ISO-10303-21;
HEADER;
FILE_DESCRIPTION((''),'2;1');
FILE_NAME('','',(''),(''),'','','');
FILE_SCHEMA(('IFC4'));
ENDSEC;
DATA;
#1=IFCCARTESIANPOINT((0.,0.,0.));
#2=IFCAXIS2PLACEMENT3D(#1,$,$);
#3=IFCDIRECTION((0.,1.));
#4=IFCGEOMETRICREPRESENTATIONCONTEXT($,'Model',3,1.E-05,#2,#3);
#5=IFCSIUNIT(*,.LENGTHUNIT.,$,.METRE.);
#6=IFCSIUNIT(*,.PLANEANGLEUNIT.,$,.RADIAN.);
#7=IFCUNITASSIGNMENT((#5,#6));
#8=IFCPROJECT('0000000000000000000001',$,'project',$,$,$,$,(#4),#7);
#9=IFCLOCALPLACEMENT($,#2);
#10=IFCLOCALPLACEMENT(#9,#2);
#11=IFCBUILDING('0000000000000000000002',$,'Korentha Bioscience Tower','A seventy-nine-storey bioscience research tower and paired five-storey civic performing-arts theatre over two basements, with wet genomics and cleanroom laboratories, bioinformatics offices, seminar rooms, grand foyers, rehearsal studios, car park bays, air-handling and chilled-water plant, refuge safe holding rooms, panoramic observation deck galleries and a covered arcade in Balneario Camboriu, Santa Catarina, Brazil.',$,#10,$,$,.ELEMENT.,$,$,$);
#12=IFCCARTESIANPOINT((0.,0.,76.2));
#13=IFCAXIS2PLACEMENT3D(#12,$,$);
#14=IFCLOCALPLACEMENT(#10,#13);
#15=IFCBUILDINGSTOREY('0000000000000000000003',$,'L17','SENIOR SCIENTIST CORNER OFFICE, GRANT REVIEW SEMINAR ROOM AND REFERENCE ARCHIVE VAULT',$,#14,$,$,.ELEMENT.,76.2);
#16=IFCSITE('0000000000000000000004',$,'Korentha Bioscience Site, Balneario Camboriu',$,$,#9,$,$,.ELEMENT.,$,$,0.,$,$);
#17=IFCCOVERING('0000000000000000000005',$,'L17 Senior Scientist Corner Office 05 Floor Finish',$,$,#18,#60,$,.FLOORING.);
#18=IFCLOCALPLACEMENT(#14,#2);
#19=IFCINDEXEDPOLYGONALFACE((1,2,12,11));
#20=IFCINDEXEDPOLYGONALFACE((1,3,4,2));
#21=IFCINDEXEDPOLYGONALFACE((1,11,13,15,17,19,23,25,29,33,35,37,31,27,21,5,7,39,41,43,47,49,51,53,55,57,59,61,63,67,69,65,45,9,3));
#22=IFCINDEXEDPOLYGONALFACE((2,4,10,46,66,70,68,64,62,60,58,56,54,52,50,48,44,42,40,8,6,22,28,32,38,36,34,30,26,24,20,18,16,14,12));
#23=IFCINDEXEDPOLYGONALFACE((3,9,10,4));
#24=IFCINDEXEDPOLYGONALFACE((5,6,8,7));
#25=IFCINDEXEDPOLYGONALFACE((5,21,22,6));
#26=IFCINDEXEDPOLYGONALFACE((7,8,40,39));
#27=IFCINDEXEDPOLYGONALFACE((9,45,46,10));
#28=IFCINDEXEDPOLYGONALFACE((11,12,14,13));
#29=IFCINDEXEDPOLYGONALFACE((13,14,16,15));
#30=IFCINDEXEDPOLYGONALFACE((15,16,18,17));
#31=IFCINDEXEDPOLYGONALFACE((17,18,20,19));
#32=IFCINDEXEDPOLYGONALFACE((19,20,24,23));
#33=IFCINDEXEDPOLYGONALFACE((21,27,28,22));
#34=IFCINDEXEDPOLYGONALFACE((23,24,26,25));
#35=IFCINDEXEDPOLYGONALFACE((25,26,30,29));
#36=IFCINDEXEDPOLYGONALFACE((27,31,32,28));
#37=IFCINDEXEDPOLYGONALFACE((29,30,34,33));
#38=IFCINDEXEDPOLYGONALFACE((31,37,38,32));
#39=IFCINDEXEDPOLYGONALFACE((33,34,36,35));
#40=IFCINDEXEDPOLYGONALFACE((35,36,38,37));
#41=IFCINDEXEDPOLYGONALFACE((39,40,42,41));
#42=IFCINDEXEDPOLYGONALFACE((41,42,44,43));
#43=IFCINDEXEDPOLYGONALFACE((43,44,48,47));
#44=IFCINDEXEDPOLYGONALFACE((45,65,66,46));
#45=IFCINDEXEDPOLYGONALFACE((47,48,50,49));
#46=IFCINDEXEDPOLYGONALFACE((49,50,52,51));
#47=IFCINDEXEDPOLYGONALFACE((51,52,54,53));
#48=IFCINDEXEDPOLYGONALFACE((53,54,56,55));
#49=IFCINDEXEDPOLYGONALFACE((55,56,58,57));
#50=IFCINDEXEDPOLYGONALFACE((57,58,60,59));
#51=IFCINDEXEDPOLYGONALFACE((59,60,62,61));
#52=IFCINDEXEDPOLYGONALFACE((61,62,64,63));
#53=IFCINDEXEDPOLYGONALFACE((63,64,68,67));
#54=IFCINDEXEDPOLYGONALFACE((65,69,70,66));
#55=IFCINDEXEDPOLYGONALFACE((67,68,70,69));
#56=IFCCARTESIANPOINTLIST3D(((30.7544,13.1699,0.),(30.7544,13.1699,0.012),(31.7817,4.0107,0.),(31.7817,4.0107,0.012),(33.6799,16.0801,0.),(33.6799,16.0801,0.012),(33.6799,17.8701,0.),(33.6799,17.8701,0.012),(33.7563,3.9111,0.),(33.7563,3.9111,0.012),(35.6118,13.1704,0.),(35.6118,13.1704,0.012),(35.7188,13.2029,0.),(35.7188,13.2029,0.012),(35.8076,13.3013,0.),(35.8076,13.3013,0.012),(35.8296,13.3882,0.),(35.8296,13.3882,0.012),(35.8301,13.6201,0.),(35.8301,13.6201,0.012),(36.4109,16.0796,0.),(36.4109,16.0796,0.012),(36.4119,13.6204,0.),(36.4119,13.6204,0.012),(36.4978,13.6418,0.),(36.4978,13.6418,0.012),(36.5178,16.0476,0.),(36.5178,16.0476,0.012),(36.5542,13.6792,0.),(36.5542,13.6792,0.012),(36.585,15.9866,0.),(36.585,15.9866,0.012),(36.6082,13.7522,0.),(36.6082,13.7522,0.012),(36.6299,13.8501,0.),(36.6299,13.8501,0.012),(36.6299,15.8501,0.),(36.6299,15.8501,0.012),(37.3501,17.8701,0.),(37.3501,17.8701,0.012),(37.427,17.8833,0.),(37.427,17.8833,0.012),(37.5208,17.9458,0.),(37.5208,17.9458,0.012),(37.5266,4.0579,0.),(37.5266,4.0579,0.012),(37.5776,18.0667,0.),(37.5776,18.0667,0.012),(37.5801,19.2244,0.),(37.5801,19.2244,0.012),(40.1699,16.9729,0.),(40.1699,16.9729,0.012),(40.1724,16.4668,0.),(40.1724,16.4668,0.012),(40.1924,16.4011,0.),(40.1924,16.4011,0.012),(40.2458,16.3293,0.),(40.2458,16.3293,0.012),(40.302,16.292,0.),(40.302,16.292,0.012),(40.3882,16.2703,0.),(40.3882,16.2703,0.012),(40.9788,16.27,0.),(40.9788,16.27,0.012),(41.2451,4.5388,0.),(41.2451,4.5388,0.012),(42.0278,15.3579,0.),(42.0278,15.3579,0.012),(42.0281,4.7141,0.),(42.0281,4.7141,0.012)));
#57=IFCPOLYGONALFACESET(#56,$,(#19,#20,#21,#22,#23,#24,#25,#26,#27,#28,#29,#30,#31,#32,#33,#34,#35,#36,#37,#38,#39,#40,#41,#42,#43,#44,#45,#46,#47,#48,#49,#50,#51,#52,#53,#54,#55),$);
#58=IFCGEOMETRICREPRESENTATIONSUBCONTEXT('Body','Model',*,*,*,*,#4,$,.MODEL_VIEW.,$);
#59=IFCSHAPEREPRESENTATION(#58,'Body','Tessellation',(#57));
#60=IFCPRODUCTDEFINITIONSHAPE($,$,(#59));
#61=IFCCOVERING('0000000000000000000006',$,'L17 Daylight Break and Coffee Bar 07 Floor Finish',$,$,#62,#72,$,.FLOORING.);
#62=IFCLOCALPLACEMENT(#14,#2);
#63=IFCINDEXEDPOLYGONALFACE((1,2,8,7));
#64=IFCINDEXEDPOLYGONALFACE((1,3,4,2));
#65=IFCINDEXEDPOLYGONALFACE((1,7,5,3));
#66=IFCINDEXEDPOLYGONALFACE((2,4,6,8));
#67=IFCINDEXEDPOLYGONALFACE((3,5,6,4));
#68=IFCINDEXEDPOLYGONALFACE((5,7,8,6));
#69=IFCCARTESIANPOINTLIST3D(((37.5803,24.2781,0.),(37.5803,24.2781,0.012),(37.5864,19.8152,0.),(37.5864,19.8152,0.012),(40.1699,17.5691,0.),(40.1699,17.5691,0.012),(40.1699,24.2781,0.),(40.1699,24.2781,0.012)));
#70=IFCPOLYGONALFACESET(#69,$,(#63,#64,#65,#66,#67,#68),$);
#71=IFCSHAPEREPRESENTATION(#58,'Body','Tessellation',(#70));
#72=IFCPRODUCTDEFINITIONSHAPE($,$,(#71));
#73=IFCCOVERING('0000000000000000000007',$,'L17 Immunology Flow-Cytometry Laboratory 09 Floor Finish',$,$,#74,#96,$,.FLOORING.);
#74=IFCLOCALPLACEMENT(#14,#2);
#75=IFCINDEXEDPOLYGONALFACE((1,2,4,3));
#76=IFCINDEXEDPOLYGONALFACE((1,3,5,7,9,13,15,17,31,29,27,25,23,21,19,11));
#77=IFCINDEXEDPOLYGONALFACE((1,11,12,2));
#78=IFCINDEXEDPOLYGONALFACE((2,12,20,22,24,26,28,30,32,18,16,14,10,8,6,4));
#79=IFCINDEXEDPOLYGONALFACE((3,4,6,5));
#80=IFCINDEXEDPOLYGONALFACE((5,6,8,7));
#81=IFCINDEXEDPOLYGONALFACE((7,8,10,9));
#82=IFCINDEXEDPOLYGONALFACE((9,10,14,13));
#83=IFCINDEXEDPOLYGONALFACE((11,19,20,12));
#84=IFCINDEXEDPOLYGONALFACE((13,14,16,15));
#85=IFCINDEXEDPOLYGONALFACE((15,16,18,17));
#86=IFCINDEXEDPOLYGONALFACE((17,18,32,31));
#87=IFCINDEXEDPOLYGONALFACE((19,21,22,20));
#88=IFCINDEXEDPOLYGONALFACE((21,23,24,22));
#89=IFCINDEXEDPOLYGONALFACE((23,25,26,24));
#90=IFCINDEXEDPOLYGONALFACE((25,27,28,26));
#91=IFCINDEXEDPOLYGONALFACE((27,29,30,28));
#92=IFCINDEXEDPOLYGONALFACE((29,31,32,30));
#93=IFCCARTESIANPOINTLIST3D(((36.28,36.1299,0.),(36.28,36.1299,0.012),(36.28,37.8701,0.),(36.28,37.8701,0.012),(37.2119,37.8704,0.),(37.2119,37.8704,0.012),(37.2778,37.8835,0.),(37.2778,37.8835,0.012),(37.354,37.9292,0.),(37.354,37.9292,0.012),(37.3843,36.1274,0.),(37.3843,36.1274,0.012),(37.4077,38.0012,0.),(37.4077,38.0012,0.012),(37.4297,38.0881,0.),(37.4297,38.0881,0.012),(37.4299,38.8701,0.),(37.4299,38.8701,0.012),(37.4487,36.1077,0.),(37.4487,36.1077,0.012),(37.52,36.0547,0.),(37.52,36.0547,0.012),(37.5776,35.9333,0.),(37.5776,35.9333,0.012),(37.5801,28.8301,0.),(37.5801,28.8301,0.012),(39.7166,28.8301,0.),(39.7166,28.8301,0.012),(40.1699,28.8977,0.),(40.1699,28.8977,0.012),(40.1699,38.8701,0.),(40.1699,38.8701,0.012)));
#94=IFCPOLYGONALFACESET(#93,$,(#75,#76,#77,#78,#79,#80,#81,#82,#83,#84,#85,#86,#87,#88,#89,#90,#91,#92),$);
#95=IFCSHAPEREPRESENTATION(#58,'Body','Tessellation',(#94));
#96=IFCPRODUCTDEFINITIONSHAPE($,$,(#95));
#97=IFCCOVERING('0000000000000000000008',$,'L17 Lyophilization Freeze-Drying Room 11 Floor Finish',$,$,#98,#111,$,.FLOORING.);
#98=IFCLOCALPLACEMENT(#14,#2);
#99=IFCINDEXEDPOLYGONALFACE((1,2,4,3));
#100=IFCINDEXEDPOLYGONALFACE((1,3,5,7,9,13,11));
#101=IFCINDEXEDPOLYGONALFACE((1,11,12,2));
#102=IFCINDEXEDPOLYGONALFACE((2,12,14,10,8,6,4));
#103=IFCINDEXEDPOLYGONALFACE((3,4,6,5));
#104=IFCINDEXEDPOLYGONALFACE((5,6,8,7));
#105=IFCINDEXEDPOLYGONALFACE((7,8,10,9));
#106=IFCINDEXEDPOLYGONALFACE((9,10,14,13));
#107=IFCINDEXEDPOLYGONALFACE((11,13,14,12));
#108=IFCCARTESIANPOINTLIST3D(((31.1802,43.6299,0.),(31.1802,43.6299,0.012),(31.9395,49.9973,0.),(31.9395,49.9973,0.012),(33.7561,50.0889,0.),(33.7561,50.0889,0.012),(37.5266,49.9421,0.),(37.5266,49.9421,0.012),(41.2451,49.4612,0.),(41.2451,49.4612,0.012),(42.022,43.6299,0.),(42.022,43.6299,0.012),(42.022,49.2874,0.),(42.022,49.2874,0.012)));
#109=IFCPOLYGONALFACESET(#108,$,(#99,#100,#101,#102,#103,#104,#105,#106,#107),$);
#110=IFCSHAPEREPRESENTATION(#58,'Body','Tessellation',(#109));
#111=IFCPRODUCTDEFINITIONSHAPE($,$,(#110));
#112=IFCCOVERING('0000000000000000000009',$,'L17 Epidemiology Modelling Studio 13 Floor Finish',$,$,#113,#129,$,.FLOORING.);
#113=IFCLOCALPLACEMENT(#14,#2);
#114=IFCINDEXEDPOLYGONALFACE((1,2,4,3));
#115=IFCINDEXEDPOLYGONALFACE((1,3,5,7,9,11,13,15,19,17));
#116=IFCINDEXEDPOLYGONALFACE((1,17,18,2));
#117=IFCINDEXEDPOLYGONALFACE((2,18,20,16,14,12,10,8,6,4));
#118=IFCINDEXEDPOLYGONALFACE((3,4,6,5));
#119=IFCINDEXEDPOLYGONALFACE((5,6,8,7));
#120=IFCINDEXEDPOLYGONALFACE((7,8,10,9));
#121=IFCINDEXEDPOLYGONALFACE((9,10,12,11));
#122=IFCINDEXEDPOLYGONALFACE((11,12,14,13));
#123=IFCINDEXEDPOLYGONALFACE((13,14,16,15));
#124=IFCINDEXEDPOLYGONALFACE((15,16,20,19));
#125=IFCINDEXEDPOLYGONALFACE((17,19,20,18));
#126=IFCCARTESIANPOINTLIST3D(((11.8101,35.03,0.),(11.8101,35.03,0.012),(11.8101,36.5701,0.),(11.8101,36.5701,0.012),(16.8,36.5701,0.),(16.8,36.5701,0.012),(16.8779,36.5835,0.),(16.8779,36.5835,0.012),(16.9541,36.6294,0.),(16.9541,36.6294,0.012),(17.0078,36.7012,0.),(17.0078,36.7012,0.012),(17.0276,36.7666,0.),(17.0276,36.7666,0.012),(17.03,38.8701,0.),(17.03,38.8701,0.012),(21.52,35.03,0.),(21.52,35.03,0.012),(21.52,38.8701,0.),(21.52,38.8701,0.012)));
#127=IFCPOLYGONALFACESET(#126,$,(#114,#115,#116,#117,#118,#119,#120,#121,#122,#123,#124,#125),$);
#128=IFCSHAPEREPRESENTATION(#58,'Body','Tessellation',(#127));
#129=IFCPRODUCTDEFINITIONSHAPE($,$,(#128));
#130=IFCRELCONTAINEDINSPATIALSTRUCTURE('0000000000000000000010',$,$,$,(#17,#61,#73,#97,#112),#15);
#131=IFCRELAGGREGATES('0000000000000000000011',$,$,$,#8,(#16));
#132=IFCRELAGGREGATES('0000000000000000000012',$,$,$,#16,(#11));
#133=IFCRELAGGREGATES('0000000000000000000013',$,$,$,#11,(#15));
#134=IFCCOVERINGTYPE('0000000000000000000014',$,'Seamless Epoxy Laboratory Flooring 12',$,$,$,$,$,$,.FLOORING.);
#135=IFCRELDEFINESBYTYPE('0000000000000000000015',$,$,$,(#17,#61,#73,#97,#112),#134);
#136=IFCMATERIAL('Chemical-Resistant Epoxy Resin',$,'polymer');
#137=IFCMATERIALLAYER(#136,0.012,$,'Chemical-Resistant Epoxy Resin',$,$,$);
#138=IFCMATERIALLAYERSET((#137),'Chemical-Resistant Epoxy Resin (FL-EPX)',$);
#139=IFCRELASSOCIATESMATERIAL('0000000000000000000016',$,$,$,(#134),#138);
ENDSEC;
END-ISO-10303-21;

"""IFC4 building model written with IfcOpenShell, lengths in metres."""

from ifc_helpers import new_model, si_unit, direction, frame, origin, place, context, subcontext, project, spatial, polyline, outline, extrude, material, layer, layer_set, type_object, element, save


model = new_model("IFC4")

# Units and contexts
model_context = context("Model", 3, precision=1e-05, world=origin(), true_north=direction((0.0, 1.0)))
body_context = subcontext(model_context, "Body", "Model", "MODEL_VIEW")
ifc_project = project(units=[si_unit("LENGTHUNIT", "METRE"), si_unit("PLANEANGLEUNIT", "RADIAN")], contexts=[model_context])

# Site, building, storey
site_placement = place(None, origin())
site = spatial("IfcSite", under=ifc_project, at=site_placement, Name="Korentha Bioscience Site, Balneario Camboriu", CompositionType="ELEMENT", RefElevation=0.0)
building_placement = place(site_placement, origin())
building = spatial("IfcBuilding", under=site, at=building_placement, Name="Korentha Bioscience Tower", Description="A seventy-nine-storey bioscience research tower and paired five-storey civic performing-arts theatre over two basements, with wet genomics and cleanroom laboratories, bioinformatics offices, seminar rooms, grand foyers, rehearsal studios, car park bays, air-handling and chilled-water plant, refuge safe holding rooms, panoramic observation deck galleries and a covered arcade in Balneario Camboriu, Santa Catarina, Brazil.", CompositionType="ELEMENT")
storey_placement = place(building_placement, frame((0.0, 0.0, 76.2)))
storey = spatial("IfcBuildingStorey", under=building, at=storey_placement, Name="L17", Description="SENIOR SCIENTIST CORNER OFFICE, GRANT REVIEW SEMINAR ROOM AND REFERENCE ARCHIVE VAULT", CompositionType="ELEMENT", Elevation=76.2)

# Coverings
ifc_material_1 = material(Name="Chemical-Resistant Epoxy Resin", Category="polymer")
ifc_layer_1 = layer(ifc_material_1, 0.012, Name="Chemical-Resistant Epoxy Resin")
ifc_layer_set_1 = layer_set([ifc_layer_1], Name="Chemical-Resistant Epoxy Resin (FL-EPX)")
covering_type_1 = type_object("IfcCoveringType", Name="Seamless Epoxy Laboratory Flooring 12", PredefinedType="FLOORING", material=ifc_layer_set_1)
covering_1_placement = place(storey_placement, origin())
element("IfcCovering", 1, at=covering_1_placement, inside=storey, type_object=covering_type_1, Name="L17 Senior Scientist Corner Office 05 Floor Finish", PredefinedType="FLOORING", context=body_context, shape_type="SweptSolid", body=[
    extrude(outline(polyline([(30.7544, 13.1699), (35.6118, 13.1704), (35.7188, 13.2029), (35.8076, 13.3013), (35.8296, 13.3882), (35.8301, 13.6201), (36.4119, 13.6204), (36.4978, 13.6418), (36.5542, 13.6792), (36.6082, 13.7522), (36.6299, 13.8501), (36.6299, 15.8501), (36.585, 15.9866), (36.5178, 16.0476), (36.4109, 16.0796), (33.6799, 16.0801), (33.6799, 17.8701), (37.3501, 17.8701), (37.427, 17.8833), (37.5208, 17.9458), (37.5776, 18.0667), (37.5801, 19.2244), (40.1699, 16.9729), (40.1724, 16.4668), (40.1924, 16.4011), (40.2458, 16.3293), (40.302, 16.292), (40.3882, 16.2703), (40.9788, 16.27), (42.0278, 15.3579), (42.0281, 4.7141), (41.2451, 4.5388), (37.5266, 4.0579), (33.7563, 3.9111), (31.7817, 4.0107), (30.7544, 13.1699)])), origin(), (0.0, 0.0, 1.0), 0.012),
])
covering_2_placement = place(storey_placement, origin())
element("IfcCovering", 2, at=covering_2_placement, inside=storey, type_object=covering_type_1, Name="L17 Daylight Break and Coffee Bar 07 Floor Finish", PredefinedType="FLOORING", context=body_context, shape_type="SweptSolid", body=[
    extrude(outline(polyline([(40.1699, 17.5691), (37.5864, 19.8152), (37.5803, 24.2781), (40.1699, 24.2781), (40.1699, 17.5691)])), origin(), (0.0, 0.0, 1.0), 0.012),
])
covering_3_placement = place(storey_placement, origin())
element("IfcCovering", 3, at=covering_3_placement, inside=storey, type_object=covering_type_1, Name="L17 Immunology Flow-Cytometry Laboratory 09 Floor Finish", PredefinedType="FLOORING", context=body_context, shape_type="SweptSolid", body=[
    extrude(outline(polyline([(37.5801, 28.8301), (37.5776, 35.9333), (37.52, 36.0547), (37.4487, 36.1077), (37.3843, 36.1274), (36.28, 36.1299), (36.28, 37.8701), (37.2119, 37.8704), (37.2778, 37.8835), (37.354, 37.9292), (37.4077, 38.0012), (37.4297, 38.0881), (37.4299, 38.8701), (40.1699, 38.8701), (40.1699, 28.8977), (39.7166, 28.8301), (37.5801, 28.8301)])), origin(), (0.0, 0.0, 1.0), 0.012),
])
covering_4_placement = place(storey_placement, origin())
element("IfcCovering", 4, at=covering_4_placement, inside=storey, type_object=covering_type_1, Name="L17 Lyophilization Freeze-Drying Room 11 Floor Finish", PredefinedType="FLOORING", context=body_context, shape_type="SweptSolid", body=[
    extrude(outline(polyline([(41.2451, 49.4612), (42.022, 49.2874), (42.022, 43.6299), (31.1802, 43.6299), (31.9395, 49.9973), (33.7561, 50.0889), (37.5266, 49.9421), (41.2451, 49.4612)])), origin(), (0.0, 0.0, 1.0), 0.012),
])
covering_5_placement = place(storey_placement, origin())
element("IfcCovering", 5, at=covering_5_placement, inside=storey, type_object=covering_type_1, Name="L17 Epidemiology Modelling Studio 13 Floor Finish", PredefinedType="FLOORING", context=body_context, shape_type="SweptSolid", body=[
    extrude(outline(polyline([(16.8, 36.5701), (16.8779, 36.5835), (16.9541, 36.6294), (17.0078, 36.7012), (17.0276, 36.7666), (17.03, 38.8701), (21.52, 38.8701), (21.52, 35.03), (11.8101, 35.03), (11.8101, 36.5701), (16.8, 36.5701)])), origin(), (0.0, 0.0, 1.0), 0.012),
])

save(model, "model.ifc")
